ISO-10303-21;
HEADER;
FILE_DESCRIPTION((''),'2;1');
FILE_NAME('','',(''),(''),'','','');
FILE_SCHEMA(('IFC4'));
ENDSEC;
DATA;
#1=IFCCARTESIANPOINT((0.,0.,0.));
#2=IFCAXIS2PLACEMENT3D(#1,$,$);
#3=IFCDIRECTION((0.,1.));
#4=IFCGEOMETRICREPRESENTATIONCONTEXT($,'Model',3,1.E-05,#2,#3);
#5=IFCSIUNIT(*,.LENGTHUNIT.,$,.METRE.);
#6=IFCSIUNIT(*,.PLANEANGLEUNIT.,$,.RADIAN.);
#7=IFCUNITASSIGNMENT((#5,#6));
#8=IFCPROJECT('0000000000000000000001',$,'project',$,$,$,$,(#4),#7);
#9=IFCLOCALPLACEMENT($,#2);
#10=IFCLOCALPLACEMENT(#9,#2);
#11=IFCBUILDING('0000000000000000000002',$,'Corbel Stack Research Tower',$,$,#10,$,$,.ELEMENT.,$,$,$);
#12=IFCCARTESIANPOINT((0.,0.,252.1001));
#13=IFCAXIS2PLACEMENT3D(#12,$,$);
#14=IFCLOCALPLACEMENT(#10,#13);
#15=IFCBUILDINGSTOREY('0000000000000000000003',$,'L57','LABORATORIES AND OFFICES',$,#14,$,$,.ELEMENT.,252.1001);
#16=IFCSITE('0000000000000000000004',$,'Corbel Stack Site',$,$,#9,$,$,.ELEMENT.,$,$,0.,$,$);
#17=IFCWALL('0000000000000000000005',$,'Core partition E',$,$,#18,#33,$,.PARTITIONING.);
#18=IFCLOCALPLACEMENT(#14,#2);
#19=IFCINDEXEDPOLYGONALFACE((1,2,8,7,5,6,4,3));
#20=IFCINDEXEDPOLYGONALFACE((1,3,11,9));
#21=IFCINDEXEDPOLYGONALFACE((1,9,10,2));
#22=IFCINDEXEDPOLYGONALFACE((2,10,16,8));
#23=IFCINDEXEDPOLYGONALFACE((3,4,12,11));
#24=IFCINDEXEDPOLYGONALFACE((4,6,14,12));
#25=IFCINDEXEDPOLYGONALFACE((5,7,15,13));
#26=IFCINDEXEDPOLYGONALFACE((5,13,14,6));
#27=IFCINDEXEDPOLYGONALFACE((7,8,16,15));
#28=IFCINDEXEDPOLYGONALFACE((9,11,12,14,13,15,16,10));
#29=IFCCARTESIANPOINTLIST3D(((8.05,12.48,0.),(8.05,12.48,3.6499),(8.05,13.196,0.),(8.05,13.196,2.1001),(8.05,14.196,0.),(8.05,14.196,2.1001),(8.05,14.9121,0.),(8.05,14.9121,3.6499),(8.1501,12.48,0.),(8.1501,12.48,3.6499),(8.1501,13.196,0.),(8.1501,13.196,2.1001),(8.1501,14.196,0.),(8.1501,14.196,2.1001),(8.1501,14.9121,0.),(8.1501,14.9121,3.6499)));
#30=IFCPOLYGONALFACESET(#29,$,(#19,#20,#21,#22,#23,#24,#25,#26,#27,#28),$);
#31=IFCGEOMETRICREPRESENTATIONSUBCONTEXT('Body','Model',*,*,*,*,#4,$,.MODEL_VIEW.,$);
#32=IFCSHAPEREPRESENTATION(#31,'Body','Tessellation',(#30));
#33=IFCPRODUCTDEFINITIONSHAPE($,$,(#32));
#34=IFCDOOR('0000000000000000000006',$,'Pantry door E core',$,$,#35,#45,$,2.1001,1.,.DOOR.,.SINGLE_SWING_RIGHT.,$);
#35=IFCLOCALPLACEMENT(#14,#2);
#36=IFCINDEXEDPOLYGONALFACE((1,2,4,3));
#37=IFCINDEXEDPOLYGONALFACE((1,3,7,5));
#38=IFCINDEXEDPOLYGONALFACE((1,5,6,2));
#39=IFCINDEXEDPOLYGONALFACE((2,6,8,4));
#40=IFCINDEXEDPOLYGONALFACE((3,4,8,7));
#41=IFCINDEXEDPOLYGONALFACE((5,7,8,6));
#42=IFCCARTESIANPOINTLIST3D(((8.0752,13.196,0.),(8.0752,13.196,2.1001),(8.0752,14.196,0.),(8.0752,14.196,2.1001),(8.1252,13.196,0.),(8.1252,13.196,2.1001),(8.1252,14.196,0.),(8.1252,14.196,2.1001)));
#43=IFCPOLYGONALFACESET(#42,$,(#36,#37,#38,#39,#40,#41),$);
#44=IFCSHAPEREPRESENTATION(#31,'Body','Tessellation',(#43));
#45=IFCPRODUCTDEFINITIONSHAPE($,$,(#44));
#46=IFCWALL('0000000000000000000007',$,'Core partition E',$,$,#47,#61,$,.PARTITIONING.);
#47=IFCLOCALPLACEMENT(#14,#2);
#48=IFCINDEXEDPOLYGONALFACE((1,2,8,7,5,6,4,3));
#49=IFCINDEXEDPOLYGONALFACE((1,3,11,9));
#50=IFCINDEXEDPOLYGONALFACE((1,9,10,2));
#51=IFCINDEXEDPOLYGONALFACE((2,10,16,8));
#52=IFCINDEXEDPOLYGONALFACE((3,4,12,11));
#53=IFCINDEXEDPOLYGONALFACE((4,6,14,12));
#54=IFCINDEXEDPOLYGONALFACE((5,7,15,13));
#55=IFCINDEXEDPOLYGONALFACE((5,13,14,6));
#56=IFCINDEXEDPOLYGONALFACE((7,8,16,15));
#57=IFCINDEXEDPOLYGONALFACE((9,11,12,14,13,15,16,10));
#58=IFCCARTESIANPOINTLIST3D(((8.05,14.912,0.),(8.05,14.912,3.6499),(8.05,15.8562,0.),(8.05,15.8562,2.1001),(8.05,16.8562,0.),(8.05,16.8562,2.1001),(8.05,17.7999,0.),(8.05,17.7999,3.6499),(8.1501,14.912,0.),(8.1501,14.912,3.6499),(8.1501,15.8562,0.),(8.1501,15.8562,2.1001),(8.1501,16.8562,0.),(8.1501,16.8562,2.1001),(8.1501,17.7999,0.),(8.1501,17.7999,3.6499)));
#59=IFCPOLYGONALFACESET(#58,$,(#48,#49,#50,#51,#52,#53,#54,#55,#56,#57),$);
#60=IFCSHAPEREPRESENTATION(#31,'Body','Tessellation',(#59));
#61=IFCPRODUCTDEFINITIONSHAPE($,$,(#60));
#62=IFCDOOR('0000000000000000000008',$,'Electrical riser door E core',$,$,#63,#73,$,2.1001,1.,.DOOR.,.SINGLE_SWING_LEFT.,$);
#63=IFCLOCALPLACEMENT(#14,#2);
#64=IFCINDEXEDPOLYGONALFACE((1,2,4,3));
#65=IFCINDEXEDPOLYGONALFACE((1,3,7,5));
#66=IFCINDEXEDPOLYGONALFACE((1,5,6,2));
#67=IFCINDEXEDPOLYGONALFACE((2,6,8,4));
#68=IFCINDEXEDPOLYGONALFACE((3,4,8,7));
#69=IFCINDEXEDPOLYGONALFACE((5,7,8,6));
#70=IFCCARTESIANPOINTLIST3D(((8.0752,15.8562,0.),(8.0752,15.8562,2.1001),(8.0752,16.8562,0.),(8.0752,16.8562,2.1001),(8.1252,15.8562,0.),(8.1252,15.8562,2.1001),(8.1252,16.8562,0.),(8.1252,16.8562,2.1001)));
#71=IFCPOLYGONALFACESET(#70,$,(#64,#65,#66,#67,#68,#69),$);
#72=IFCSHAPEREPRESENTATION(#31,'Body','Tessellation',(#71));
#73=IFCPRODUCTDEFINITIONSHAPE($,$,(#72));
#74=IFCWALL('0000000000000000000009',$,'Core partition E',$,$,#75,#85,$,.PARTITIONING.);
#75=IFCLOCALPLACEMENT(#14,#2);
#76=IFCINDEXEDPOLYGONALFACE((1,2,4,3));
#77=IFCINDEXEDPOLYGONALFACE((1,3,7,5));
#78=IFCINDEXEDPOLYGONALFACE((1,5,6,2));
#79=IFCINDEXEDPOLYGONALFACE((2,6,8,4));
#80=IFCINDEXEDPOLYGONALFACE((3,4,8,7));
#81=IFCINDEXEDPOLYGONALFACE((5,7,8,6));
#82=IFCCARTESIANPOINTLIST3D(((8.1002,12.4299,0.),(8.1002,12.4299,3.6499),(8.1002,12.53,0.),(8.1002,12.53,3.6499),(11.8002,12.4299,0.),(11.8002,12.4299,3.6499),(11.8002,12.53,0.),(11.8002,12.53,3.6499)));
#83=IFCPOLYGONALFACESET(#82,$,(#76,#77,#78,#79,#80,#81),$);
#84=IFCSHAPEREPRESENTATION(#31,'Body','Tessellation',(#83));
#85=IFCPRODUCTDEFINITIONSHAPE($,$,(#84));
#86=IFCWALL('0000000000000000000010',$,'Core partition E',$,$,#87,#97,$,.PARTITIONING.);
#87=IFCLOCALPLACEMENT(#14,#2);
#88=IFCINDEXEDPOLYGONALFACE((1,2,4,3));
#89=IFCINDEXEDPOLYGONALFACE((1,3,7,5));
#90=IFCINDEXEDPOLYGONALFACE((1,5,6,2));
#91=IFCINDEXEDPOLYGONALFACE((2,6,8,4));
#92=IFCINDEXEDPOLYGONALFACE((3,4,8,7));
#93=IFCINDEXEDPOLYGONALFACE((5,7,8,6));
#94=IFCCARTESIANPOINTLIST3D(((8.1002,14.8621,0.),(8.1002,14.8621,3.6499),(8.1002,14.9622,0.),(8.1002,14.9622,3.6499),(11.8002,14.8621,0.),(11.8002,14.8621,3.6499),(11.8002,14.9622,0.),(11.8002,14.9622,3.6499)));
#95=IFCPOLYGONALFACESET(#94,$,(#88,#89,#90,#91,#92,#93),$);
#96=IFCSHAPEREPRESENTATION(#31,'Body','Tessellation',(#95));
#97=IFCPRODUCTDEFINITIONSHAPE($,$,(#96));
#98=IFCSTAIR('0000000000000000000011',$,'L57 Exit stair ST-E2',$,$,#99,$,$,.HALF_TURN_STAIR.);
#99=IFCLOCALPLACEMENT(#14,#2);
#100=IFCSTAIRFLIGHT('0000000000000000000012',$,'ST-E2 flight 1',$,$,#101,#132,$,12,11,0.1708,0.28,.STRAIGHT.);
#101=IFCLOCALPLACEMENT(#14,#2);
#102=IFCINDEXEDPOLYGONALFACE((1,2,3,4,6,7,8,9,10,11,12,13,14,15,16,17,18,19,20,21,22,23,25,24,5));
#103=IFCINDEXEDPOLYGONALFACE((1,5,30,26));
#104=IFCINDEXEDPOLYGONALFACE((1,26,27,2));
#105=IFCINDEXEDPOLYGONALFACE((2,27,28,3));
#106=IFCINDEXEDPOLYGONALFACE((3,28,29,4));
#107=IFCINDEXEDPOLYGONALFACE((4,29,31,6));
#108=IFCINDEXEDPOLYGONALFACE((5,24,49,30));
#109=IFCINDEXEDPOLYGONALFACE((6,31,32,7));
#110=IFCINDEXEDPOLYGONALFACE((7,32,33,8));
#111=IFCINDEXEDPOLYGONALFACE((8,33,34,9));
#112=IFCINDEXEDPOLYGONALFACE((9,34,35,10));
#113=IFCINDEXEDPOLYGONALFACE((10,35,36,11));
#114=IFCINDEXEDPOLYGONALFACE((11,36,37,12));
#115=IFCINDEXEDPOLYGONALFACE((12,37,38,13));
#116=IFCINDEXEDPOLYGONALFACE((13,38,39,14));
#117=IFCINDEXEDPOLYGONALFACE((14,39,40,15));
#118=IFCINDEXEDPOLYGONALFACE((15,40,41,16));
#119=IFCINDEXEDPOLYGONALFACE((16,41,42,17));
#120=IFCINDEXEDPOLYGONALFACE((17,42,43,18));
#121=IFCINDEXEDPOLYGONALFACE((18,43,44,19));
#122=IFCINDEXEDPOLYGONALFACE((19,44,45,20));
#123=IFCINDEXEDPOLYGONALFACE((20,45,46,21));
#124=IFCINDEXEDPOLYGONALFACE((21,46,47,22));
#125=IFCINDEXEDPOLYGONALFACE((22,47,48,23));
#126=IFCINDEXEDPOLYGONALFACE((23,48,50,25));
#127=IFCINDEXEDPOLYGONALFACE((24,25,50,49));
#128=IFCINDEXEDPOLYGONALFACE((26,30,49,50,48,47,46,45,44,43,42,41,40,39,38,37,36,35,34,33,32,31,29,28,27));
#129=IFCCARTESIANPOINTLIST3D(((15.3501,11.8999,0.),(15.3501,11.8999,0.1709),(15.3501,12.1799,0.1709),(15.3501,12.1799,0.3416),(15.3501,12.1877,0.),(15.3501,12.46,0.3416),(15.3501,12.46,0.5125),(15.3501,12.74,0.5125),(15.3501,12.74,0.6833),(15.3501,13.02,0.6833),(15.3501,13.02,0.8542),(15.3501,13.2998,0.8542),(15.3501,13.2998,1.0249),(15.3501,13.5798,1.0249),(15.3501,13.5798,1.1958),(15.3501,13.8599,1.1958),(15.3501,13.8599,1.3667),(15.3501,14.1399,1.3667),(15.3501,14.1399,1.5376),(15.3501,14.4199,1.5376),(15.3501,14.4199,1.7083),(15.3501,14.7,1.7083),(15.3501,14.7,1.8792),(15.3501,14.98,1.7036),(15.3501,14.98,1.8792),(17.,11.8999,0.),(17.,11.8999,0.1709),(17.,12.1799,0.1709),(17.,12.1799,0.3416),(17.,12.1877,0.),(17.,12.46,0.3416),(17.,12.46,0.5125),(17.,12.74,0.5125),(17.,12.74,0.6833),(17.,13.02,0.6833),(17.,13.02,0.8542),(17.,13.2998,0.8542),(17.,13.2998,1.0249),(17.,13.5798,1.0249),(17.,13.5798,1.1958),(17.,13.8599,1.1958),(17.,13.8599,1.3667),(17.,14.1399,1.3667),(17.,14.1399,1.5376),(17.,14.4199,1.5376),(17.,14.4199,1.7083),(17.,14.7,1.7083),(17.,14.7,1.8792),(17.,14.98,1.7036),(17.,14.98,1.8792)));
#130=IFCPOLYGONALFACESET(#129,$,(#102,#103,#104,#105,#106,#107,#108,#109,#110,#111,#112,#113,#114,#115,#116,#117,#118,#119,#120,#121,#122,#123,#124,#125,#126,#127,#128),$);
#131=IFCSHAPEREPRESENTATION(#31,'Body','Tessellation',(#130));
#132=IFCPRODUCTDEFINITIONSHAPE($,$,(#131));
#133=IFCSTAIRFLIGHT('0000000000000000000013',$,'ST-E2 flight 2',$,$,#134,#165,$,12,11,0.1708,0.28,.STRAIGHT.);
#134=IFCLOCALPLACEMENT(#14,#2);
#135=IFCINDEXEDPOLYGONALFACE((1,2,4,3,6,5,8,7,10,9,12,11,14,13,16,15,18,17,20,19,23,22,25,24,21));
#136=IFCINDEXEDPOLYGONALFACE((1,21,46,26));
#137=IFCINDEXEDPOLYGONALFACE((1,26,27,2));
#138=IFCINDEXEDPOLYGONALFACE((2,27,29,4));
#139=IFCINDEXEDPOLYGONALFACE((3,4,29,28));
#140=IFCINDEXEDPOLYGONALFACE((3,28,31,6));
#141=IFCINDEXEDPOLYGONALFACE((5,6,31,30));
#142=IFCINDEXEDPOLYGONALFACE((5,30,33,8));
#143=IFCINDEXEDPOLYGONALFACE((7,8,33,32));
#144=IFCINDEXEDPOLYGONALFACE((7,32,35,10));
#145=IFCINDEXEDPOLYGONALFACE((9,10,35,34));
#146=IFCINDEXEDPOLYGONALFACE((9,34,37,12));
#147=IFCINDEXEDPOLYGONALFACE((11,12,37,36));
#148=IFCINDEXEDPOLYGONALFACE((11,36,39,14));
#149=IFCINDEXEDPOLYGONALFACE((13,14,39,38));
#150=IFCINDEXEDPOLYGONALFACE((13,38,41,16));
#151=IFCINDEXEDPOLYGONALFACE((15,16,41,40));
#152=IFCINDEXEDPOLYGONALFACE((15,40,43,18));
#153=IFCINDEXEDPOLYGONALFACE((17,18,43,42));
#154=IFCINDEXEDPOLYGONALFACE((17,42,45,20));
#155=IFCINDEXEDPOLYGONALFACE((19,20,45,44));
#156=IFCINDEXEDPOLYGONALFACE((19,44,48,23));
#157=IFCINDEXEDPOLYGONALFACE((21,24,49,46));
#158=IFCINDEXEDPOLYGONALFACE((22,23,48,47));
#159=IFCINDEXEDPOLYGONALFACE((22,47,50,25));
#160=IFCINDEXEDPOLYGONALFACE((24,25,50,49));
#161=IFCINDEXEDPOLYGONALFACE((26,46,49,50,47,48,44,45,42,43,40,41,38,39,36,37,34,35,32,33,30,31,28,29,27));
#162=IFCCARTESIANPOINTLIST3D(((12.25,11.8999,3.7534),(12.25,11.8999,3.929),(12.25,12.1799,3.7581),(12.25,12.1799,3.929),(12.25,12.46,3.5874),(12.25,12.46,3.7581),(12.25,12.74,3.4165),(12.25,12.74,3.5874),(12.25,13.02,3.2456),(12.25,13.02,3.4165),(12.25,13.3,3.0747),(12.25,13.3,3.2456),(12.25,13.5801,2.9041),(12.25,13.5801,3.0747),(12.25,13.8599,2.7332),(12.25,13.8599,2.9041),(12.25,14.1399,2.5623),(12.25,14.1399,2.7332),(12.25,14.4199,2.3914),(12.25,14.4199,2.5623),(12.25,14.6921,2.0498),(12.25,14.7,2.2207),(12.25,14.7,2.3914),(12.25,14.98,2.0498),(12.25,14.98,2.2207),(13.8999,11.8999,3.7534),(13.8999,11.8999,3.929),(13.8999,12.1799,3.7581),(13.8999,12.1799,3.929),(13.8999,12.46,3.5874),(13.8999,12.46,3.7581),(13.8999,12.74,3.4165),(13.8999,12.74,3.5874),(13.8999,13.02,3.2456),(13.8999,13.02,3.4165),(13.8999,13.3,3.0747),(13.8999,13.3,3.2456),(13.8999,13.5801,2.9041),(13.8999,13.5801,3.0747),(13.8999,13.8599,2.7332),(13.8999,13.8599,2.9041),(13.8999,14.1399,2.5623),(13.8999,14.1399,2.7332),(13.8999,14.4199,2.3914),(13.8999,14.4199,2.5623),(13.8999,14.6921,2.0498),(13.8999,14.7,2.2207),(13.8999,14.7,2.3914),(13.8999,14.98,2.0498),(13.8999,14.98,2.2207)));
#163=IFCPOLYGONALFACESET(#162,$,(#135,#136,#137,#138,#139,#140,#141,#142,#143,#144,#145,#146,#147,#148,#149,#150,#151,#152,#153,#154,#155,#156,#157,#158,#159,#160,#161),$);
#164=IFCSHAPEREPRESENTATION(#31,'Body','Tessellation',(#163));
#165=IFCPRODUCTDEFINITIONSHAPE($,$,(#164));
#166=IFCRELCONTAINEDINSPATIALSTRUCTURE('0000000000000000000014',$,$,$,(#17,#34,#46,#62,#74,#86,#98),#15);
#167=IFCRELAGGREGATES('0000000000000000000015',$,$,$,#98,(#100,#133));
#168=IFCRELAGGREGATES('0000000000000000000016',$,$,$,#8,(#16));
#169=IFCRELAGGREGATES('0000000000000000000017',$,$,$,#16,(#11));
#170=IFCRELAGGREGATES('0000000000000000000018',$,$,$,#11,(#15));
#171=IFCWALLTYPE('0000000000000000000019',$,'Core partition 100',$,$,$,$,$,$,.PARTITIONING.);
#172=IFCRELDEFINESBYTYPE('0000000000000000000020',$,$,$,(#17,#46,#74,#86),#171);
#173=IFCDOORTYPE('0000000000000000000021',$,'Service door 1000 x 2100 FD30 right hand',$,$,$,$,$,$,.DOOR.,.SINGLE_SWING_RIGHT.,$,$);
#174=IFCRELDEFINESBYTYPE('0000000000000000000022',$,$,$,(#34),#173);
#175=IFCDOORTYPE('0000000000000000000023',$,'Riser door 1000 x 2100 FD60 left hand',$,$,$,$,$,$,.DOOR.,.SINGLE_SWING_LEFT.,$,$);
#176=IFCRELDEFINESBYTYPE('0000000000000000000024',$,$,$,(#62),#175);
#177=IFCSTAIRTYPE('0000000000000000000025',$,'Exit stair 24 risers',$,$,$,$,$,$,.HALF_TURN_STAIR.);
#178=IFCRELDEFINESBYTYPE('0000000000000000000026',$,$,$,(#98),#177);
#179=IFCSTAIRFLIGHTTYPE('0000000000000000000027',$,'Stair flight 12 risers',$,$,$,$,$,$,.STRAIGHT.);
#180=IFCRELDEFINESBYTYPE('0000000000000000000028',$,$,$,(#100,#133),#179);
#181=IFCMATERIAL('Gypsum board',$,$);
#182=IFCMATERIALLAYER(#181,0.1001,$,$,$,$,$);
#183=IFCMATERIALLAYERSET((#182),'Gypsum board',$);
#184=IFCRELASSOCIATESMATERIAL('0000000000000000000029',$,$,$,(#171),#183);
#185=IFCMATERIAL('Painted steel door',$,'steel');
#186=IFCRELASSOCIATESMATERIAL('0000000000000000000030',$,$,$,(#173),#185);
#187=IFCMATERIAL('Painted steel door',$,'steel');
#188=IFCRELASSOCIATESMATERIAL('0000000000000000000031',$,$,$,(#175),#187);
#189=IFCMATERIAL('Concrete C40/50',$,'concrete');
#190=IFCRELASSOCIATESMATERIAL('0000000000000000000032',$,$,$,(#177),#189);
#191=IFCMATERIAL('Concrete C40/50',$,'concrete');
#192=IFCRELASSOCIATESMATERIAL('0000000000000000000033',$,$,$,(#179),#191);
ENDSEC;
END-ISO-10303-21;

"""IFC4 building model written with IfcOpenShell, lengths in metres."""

from ifc_helpers import new_model, si_unit, direction, frame, frame_2d, origin, place, context, subcontext, project, spatial, polyline, rectangle, outline, extrude, material, layer, layer_set, type_object, element, fill, aggregate, save


model = new_model("IFC4")

# Units and contexts
model_context = context("Model", 3, precision=1e-05, world=origin(), true_north=direction((0.0, 1.0)))
body_context = subcontext(model_context, "Body", "Model", "MODEL_VIEW")
ifc_project = project(units=[si_unit("LENGTHUNIT", "METRE"), si_unit("PLANEANGLEUNIT", "RADIAN")], contexts=[model_context])

# Site, building, storey
site_placement = place(None, origin())
site = spatial("IfcSite", under=ifc_project, at=site_placement, Name="Corbel Stack Site", CompositionType="ELEMENT", RefElevation=0.0)
building_placement = place(site_placement, origin())
building = spatial("IfcBuilding", under=site, at=building_placement, Name="Corbel Stack Research Tower", CompositionType="ELEMENT")
storey_placement = place(building_placement, frame((0.0, 0.0, 252.1001)))
storey = spatial("IfcBuildingStorey", under=building, at=storey_placement, Name="L57", Description="LABORATORIES AND OFFICES", CompositionType="ELEMENT", Elevation=252.1001)

# Walls, openings, doors
ifc_material_1 = material(Name="Gypsum board")
ifc_layer = layer(ifc_material_1, 0.1001)
ifc_layer_set = layer_set([ifc_layer], Name="Gypsum board")
wall_type = type_object("IfcWallType", Name="Core partition 100", PredefinedType="PARTITIONING", material=ifc_layer_set)
wall_1_placement = place(storey_placement, frame((8.1001, 12.48, 0.0), z_axis=(0.0, 0.0, 1.0), x_axis=(0.0, 1.0, 0.0)))
wall_1 = element("IfcWall", 1, at=wall_1_placement, inside=storey, type_object=wall_type, Name="Core partition E", PredefinedType="PARTITIONING", context=body_context, shape_type="SweptSolid", body=[
    extrude(rectangle(XDim=2.4321, YDim=0.1001, at=frame_2d((1.2161, 0.0))), origin(), (0.0, 0.0, 1.0), 3.6499),
])
opening_1_placement = place(wall_1_placement, frame((0.7161, 0.0, 0.0)))
opening_1 = element("IfcOpeningElement", 2, at=opening_1_placement, cuts=wall_1, PredefinedType="OPENING", context=body_context, shape_type="SweptSolid", body=[
    extrude(rectangle(XDim=1.0, YDim=2.1001, at=frame_2d((0.5, 1.05))), frame((0.0, 0.0601, 0.0), z_axis=(0.0, -1.0, 0.0), x_axis=(1.0, 0.0, 0.0)), (0.0, 0.0, 1.0), 0.1201),
])
ifc_material_2 = material(Name="Painted steel door", Category="steel")
door_type_1 = type_object("IfcDoorType", Name="Service door 1000 x 2100 FD30 right hand", OperationType="SINGLE_SWING_RIGHT", PredefinedType="DOOR", material=ifc_material_2)
door_1_placement = place(opening_1_placement, origin())
door_1 = element("IfcDoor", 3, at=door_1_placement, inside=storey, type_object=door_type_1, Name="Pantry door E core", OperationType="SINGLE_SWING_RIGHT", OverallHeight=2.1001, OverallWidth=1.0, PredefinedType="DOOR", context=body_context, shape_type="SweptSolid", body=[
    extrude(rectangle(XDim=1.0, YDim=2.1001, at=frame_2d((0.5, 1.05))), frame((0.0, 0.0249, 0.0), z_axis=(0.0, -1.0, 0.0), x_axis=(1.0, 0.0, 0.0)), (0.0, 0.0, 1.0), 0.05),
])
fill(opening_1, door_1)
wall_2_placement = place(storey_placement, frame((8.1001, 14.9121, 0.0), z_axis=(0.0, 0.0, 1.0), x_axis=(0.0, 1.0, 0.0)))
wall_2 = element("IfcWall", 4, at=wall_2_placement, inside=storey, type_object=wall_type, Name="Core partition E", PredefinedType="PARTITIONING", context=body_context, shape_type="SweptSolid", body=[
    extrude(rectangle(XDim=2.8879, YDim=0.1001, at=frame_2d((1.4438, 0.0))), origin(), (0.0, 0.0, 1.0), 3.6499),
])
opening_2_placement = place(wall_2_placement, frame((0.9441, 0.0, 0.0)))
opening_2 = element("IfcOpeningElement", 5, at=opening_2_placement, cuts=wall_2, PredefinedType="OPENING", context=body_context, shape_type="SweptSolid", body=[
    extrude(rectangle(XDim=1.0, YDim=2.1001, at=frame_2d((0.5, 1.05))), frame((0.0, 0.0601, 0.0), z_axis=(0.0, -1.0, 0.0), x_axis=(1.0, 0.0, 0.0)), (0.0, 0.0, 1.0), 0.1201),
])
ifc_material_3 = material(Name="Painted steel door", Category="steel")
door_type_2 = type_object("IfcDoorType", Name="Riser door 1000 x 2100 FD60 left hand", OperationType="SINGLE_SWING_LEFT", PredefinedType="DOOR", material=ifc_material_3)
door_2_placement = place(opening_2_placement, origin())
door_2 = element("IfcDoor", 6, at=door_2_placement, inside=storey, type_object=door_type_2, Name="Electrical riser door E core", OperationType="SINGLE_SWING_LEFT", OverallHeight=2.1001, OverallWidth=1.0, PredefinedType="DOOR", context=body_context, shape_type="SweptSolid", body=[
    extrude(rectangle(XDim=1.0, YDim=2.1001, at=frame_2d((0.5, 1.05))), frame((0.0, 0.0249, 0.0), z_axis=(0.0, -1.0, 0.0), x_axis=(1.0, 0.0, 0.0)), (0.0, 0.0, 1.0), 0.05),
])
fill(opening_2, door_2)

# Walls
for number, where, z_axis, x_axis, name in (
    (7, (8.1001, 12.48, 0.0), (0.0, 0.0, 1.0), (1.0, 0.0, 0.0), "Core partition E"),
    (8, (8.1001, 14.9121, 0.0), (0.0, 0.0, 1.0), (1.0, 0.0, 0.0), "Core partition E"),
):
    element("IfcWall", number, at=place(storey_placement, frame(where, z_axis=z_axis, x_axis=x_axis)), inside=storey, type_object=wall_type, Name=name, PredefinedType="PARTITIONING", context=body_context, shape_type="SweptSolid", body=[
        extrude(rectangle(XDim=3.7, YDim=0.1001, at=frame_2d((1.8501, 0.0))), origin(), (0.0, 0.0, 1.0), 3.6499),
    ])

# Stair, stair flights
ifc_material_4 = material(Name="Concrete C40/50", Category="concrete")
stair_type = type_object("IfcStairType", Name="Exit stair 24 risers", PredefinedType="HALF_TURN_STAIR", material=ifc_material_4)
stair_placement = place(storey_placement, origin())
stair = element("IfcStair", 9, at=stair_placement, inside=storey, type_object=stair_type, Name="L57 Exit stair ST-E2", PredefinedType="HALF_TURN_STAIR")
ifc_material_5 = material(Name="Concrete C40/50", Category="concrete")
stair_flight_type = type_object("IfcStairFlightType", Name="Stair flight 12 risers", PredefinedType="STRAIGHT", material=ifc_material_5)
stair_flight_1_placement = place(storey_placement, frame((16.175, 11.8999, 0.0), z_axis=(0.0, 0.0, 1.0), x_axis=(0.0, 1.0, 0.0)))
stair_flight_1 = element("IfcStairFlight", 10, at=stair_flight_1_placement, type_object=stair_flight_type, Name="ST-E2 flight 1", NumberOfRisers=12, NumberOfTreads=11, PredefinedType="STRAIGHT", RiserHeight=0.1708, TreadLength=0.28, context=body_context, shape_type="SweptSolid", body=[
    extrude(outline(polyline([(0.0, 0.0), (0.0, 0.1709), (0.28, 0.1709), (0.28, 0.3416), (0.5601, 0.3416), (0.5601, 0.5125), (0.8401, 0.5125), (0.8401, 0.6833), (1.1201, 0.6833), (1.1201, 0.8542), (1.3999, 0.8542), (1.3999, 1.0249), (1.6799, 1.0249), (1.6799, 1.1958), (1.96, 1.1958), (1.96, 1.3667), (2.24, 1.3667), (2.24, 1.5376), (2.52, 1.5376), (2.52, 1.7083), (2.8, 1.7083), (2.8, 1.8792), (3.0801, 1.8792), (3.0801, 2.05), (3.0801, 1.7036), (0.2878, 0.0), (0.0, 0.0)])), frame((0.0, 0.825, 0.0), z_axis=(0.0, -1.0, 0.0), x_axis=(1.0, 0.0, 0.0)), (0.0, 0.0, 1.0), 1.6499),
])
stair_flight_2_placement = place(storey_placement, frame((13.075, 14.98, 2.0498), z_axis=(0.0, 0.0, 1.0), x_axis=(0.0, -1.0, 0.0)))
stair_flight_2 = element("IfcStairFlight", 11, at=stair_flight_2_placement, type_object=stair_flight_type, Name="ST-E2 flight 2", NumberOfRisers=12, NumberOfTreads=11, PredefinedType="STRAIGHT", RiserHeight=0.1708, TreadLength=0.28, context=body_context, shape_type="SweptSolid", body=[
    extrude(outline(polyline([(0.0, 0.0), (0.0, 0.1709), (0.28, 0.1709), (0.28, 0.3416), (0.5601, 0.3416), (0.5601, 0.5125), (0.8401, 0.5125), (0.8401, 0.6833), (1.1201, 0.6833), (1.1201, 0.8542), (1.3999, 0.8542), (1.3999, 1.0249), (1.6799, 1.0249), (1.6799, 1.1958), (1.96, 1.1958), (1.96, 1.3667), (2.24, 1.3667), (2.24, 1.5376), (2.52, 1.5376), (2.52, 1.7083), (2.8, 1.7083), (2.8, 1.8792), (3.0801, 1.8792), (3.0801, 2.05), (3.0801, 1.7036), (0.2878, 0.0), (0.0, 0.0)])), frame((0.0, 0.825, 0.0), z_axis=(0.0, -1.0, 0.0), x_axis=(1.0, 0.0, 0.0)), (0.0, 0.0, 1.0), 1.6499),
])
aggregate(stair, [stair_flight_1, stair_flight_2])

save(model, "model.ifc")
